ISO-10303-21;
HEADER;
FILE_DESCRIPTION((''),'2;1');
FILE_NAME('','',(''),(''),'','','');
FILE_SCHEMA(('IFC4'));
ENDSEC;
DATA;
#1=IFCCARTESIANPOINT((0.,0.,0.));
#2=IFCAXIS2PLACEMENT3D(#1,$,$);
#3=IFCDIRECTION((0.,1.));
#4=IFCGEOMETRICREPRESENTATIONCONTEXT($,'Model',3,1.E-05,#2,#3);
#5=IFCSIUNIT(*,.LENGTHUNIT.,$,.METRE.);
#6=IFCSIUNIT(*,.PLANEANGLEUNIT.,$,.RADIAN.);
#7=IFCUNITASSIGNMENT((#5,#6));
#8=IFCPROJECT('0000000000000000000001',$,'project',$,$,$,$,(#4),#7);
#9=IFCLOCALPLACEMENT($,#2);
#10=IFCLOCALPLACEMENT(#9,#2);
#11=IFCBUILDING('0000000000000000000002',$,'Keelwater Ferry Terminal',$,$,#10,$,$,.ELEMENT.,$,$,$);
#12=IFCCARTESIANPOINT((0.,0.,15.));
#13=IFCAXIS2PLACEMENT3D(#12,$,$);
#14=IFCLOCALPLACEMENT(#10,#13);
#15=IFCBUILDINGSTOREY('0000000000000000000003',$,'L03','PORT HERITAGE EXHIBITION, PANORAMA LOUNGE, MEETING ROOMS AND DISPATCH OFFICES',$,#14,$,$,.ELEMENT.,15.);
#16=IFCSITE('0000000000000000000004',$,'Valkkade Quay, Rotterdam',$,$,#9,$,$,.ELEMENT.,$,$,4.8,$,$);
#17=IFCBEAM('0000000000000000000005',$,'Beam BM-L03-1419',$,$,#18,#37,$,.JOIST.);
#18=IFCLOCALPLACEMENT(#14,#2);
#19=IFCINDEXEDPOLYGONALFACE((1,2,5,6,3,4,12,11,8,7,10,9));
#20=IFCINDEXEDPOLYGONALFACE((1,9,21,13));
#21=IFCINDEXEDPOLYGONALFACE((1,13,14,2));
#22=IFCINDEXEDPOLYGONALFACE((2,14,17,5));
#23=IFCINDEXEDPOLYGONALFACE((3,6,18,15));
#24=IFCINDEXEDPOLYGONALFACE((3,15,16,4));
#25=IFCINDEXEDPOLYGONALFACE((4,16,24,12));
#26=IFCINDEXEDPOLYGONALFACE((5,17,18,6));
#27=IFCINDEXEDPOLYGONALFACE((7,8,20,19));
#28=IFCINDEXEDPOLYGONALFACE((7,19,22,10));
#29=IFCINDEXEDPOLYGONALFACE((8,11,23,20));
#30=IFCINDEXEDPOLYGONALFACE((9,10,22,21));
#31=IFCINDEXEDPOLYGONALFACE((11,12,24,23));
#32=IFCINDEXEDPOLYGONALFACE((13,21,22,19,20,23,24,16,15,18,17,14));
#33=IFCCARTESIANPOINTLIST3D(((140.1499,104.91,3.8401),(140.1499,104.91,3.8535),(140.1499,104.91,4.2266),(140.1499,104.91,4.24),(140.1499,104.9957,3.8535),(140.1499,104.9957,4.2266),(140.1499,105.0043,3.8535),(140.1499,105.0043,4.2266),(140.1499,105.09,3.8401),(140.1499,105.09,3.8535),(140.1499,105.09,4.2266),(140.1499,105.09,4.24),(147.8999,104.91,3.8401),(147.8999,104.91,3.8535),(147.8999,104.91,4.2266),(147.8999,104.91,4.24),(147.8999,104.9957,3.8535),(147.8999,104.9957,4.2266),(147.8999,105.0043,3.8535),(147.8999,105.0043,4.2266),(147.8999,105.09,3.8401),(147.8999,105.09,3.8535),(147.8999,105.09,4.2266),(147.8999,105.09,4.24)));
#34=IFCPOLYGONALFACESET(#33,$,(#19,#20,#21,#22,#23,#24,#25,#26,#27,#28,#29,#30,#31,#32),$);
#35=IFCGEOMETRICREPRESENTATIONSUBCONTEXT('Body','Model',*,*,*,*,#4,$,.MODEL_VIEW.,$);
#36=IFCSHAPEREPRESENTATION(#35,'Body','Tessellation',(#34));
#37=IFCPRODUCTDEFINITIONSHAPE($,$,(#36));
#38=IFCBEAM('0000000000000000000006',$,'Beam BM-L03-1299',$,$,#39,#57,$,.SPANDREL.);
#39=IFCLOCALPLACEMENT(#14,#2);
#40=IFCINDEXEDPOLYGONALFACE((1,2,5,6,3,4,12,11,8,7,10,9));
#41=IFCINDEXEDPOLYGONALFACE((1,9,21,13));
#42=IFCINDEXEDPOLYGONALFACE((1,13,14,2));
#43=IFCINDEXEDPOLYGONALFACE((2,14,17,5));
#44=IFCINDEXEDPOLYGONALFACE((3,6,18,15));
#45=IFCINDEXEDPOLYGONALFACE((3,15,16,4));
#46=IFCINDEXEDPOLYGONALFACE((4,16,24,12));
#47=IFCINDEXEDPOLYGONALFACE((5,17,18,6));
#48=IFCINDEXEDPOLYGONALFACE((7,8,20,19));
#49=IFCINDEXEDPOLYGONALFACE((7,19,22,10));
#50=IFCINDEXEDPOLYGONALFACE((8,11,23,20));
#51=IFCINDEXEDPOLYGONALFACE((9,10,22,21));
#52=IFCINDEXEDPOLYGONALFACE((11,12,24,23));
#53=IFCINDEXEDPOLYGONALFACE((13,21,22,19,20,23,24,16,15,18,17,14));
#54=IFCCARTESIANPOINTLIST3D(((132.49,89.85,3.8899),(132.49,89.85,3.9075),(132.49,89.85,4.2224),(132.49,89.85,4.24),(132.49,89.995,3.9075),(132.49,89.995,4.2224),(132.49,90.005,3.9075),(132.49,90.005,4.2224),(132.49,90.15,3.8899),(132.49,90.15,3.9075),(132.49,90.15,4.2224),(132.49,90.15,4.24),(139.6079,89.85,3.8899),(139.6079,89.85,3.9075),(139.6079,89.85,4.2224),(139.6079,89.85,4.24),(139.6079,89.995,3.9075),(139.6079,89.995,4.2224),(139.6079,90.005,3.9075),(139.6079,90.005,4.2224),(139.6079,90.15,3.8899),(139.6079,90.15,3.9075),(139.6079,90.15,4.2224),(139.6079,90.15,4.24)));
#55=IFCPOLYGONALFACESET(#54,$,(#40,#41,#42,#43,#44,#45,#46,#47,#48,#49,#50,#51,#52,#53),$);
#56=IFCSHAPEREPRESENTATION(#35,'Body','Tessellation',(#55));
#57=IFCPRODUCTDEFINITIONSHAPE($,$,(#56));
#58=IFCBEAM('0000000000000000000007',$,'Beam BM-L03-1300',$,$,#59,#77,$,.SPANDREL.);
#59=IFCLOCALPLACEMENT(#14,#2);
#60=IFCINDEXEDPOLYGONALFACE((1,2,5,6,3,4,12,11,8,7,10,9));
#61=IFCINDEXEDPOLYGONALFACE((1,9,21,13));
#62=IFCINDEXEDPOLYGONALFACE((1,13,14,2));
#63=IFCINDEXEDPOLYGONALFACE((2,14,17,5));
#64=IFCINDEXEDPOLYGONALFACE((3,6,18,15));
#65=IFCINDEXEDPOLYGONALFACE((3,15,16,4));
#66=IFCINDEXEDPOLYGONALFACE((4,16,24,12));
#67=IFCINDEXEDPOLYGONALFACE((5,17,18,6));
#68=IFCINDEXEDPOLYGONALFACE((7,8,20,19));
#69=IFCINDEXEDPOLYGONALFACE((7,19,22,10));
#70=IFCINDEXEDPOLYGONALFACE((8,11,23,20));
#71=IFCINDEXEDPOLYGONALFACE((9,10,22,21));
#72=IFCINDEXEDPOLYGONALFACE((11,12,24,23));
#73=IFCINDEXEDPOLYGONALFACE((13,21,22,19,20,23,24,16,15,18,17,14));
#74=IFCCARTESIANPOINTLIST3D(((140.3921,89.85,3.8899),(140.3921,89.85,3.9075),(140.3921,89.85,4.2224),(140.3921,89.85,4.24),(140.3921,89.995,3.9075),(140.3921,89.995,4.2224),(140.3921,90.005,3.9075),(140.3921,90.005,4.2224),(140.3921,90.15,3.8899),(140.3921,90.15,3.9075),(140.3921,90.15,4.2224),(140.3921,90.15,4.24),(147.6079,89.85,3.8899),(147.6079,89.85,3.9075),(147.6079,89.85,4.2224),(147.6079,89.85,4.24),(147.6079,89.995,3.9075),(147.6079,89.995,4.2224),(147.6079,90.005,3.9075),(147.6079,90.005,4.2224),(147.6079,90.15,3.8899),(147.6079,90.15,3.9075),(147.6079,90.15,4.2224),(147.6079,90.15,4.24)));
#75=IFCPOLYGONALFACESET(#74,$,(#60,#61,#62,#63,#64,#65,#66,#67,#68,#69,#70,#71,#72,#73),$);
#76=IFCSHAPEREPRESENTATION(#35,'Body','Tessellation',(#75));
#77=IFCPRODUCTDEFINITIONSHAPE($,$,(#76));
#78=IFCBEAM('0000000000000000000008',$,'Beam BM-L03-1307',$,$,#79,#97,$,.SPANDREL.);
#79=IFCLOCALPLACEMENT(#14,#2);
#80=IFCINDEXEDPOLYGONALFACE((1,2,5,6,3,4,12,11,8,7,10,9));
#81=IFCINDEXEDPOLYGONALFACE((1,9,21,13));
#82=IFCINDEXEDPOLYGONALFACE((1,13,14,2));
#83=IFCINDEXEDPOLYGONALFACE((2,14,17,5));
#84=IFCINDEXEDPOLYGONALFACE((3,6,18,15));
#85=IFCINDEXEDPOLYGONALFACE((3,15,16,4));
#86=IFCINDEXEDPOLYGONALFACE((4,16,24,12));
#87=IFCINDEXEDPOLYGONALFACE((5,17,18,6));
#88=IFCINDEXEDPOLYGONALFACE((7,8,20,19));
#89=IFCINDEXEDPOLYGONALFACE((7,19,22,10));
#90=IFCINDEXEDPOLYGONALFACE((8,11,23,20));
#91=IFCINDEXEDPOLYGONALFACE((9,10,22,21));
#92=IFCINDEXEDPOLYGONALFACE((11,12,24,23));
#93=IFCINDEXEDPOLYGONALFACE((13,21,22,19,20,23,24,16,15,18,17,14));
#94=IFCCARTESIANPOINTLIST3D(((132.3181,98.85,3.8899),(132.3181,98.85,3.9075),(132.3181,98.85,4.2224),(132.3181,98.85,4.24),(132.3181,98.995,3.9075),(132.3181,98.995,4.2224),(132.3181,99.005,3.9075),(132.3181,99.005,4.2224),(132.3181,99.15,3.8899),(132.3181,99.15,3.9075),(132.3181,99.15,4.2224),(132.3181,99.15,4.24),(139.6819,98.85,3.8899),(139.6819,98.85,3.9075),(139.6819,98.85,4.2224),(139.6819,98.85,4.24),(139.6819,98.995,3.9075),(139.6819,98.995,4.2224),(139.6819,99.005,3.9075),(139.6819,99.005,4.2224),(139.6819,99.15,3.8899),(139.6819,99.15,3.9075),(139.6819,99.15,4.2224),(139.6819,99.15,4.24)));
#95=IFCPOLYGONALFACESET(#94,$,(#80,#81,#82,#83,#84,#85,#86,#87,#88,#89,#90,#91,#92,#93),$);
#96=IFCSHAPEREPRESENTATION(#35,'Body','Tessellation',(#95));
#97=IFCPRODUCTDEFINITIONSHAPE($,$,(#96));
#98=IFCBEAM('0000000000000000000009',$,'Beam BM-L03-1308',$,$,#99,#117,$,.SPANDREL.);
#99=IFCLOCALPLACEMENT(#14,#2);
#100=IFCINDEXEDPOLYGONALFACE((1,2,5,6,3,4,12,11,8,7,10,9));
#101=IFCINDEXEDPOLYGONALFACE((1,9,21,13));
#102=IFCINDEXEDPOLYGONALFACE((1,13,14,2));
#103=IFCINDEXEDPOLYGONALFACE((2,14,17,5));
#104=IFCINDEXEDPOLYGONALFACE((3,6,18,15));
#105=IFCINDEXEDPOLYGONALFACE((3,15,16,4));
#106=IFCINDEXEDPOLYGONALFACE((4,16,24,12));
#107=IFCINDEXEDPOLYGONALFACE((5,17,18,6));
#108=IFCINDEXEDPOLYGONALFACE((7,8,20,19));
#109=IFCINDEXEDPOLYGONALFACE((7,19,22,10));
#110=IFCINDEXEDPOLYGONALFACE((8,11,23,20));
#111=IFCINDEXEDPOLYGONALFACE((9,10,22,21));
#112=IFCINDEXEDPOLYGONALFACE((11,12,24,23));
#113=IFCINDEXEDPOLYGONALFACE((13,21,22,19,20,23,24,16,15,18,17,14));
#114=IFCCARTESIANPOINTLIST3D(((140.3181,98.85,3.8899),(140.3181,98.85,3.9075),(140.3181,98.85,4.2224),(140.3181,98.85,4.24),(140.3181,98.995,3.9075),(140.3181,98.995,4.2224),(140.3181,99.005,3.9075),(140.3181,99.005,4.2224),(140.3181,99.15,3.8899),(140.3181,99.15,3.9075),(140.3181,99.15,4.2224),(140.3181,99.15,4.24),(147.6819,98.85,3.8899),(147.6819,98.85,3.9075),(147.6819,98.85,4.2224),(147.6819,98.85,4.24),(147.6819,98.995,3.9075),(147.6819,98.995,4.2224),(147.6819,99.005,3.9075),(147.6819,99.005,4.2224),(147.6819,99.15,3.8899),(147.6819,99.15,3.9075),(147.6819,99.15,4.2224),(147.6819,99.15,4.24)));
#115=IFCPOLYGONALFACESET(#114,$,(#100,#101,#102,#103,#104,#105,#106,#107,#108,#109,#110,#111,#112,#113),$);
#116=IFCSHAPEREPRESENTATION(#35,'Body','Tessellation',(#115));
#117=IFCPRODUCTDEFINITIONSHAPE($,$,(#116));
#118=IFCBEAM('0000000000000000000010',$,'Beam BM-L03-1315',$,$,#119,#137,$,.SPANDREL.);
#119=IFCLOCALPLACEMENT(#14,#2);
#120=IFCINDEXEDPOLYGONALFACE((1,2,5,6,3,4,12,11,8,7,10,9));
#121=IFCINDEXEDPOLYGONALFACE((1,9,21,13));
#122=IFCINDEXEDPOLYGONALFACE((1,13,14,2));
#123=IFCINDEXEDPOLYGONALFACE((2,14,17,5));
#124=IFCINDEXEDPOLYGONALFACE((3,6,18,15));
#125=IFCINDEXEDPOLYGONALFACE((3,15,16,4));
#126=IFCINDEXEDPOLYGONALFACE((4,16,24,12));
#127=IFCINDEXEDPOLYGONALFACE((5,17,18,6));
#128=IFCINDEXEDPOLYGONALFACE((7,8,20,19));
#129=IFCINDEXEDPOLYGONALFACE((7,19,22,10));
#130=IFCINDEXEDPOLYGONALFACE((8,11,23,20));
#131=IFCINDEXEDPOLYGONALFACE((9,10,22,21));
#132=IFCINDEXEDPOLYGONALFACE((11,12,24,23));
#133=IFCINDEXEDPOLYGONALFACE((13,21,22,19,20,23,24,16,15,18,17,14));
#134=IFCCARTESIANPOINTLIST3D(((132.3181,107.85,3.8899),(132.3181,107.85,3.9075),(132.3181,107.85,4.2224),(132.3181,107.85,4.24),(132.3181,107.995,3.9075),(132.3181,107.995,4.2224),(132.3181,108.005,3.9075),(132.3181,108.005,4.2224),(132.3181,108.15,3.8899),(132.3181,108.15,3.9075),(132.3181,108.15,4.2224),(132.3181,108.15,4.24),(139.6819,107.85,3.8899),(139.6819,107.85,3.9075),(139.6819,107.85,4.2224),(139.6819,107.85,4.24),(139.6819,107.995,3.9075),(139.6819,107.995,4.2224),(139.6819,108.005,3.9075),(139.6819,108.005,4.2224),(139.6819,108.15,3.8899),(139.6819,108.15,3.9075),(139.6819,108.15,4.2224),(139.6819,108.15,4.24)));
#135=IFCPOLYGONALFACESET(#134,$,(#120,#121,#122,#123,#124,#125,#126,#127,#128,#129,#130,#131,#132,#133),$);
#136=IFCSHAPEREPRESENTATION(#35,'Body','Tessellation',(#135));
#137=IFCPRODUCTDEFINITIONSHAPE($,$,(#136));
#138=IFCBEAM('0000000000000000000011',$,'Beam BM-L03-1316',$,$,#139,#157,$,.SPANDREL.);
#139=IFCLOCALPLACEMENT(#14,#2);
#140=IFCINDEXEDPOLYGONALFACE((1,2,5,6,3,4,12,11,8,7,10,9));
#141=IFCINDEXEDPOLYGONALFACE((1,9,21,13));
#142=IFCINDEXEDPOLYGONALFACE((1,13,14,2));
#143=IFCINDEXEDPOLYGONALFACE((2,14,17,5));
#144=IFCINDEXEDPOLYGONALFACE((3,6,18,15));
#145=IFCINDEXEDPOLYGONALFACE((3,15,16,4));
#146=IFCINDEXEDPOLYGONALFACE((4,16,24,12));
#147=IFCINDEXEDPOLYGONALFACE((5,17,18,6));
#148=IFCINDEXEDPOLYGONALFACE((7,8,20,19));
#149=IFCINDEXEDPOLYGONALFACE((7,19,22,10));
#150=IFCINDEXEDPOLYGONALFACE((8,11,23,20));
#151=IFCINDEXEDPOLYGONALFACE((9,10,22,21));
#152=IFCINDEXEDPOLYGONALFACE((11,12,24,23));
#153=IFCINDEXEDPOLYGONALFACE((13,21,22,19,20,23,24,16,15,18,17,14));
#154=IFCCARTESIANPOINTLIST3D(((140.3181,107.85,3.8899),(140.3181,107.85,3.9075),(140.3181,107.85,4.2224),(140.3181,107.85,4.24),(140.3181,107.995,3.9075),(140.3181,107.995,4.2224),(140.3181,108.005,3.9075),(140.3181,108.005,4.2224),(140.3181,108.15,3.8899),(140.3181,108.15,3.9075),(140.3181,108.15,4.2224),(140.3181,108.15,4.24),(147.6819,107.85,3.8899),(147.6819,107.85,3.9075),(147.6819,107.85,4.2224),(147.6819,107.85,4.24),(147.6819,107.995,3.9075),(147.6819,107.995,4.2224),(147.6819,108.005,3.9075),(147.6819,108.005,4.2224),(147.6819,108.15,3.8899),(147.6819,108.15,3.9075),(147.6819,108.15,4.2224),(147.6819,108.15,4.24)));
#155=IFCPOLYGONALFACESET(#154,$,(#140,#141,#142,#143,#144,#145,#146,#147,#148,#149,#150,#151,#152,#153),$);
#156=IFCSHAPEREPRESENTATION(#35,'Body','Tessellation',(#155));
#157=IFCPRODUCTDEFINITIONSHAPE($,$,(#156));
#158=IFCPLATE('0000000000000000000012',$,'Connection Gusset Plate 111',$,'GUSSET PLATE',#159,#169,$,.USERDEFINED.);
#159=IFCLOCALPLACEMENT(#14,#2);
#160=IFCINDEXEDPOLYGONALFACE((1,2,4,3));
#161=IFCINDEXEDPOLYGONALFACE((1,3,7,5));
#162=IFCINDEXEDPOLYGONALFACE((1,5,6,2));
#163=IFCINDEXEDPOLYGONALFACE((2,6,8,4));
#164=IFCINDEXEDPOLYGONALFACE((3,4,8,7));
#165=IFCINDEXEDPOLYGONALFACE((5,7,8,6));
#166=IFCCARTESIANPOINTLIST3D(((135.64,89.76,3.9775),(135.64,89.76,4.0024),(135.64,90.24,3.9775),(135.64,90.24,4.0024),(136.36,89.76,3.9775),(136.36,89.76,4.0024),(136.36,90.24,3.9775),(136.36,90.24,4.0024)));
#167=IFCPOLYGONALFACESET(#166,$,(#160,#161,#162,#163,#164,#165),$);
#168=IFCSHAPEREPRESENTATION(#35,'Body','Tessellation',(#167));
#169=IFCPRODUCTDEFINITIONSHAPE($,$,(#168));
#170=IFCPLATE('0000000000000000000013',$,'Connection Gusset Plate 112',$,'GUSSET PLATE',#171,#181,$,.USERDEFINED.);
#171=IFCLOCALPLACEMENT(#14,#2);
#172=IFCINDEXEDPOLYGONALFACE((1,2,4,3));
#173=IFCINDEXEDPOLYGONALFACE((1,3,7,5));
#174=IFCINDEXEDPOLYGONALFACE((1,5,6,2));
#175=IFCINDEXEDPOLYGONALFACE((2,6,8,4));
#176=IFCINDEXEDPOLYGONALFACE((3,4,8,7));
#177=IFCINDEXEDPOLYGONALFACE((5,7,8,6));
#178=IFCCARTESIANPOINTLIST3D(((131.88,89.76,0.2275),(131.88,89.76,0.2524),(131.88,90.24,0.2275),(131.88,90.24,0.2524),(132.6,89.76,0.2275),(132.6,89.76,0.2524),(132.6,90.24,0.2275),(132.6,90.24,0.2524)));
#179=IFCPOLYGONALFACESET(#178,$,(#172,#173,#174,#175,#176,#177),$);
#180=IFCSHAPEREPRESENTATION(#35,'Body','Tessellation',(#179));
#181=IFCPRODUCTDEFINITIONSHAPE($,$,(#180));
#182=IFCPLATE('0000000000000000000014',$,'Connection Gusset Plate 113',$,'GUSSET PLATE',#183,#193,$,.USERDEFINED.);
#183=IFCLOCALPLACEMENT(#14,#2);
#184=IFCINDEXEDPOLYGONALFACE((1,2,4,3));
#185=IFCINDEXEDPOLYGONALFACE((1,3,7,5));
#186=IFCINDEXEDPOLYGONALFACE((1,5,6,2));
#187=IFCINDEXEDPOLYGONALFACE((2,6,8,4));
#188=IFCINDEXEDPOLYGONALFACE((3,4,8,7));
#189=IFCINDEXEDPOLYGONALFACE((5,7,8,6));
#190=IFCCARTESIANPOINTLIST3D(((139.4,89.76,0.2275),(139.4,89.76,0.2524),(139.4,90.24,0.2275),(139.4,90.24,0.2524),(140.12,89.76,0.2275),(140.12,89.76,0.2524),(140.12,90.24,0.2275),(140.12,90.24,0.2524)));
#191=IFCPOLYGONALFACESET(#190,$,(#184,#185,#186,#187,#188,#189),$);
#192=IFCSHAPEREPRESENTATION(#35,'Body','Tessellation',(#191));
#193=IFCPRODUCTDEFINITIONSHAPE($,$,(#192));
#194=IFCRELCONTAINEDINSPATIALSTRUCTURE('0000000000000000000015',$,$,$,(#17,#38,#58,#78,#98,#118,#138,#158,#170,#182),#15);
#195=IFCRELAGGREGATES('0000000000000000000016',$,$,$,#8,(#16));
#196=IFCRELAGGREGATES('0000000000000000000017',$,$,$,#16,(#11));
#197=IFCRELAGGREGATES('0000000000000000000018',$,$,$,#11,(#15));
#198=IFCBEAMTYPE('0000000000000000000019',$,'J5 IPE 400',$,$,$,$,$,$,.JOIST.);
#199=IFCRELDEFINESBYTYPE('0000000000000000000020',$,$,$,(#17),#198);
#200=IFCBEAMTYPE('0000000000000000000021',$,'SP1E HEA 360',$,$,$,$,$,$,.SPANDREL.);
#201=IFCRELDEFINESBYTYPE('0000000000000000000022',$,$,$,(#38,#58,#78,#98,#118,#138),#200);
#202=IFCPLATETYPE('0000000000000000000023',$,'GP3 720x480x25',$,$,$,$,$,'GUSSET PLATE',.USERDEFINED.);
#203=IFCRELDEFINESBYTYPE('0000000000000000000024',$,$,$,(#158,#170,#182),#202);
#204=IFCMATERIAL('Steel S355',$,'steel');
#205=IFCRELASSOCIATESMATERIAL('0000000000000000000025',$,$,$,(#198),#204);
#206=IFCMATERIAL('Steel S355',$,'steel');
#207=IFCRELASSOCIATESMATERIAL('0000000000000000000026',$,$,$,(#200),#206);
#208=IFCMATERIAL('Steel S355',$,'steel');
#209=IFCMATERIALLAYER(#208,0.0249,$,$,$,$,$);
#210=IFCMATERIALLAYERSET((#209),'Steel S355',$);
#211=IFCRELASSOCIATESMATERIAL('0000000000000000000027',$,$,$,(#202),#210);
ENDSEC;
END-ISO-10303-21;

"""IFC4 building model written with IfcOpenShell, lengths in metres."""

from ifc_helpers import new_model, si_unit, direction, frame, origin, origin_2d, place, context, subcontext, project, spatial, rectangle, i_section, extrude, material, layer, layer_set, material_profile, profile_set, type_object, element, save


model = new_model("IFC4")

# Units and contexts
model_context = context("Model", 3, precision=1e-05, world=origin(), true_north=direction((0.0, 1.0)))
body_context = subcontext(model_context, "Body", "Model", "MODEL_VIEW")
ifc_project = project(units=[si_unit("LENGTHUNIT", "METRE"), si_unit("PLANEANGLEUNIT", "RADIAN")], contexts=[model_context])

# Site, building, storey
site_placement = place(None, origin())
site = spatial("IfcSite", under=ifc_project, at=site_placement, Name="Valkkade Quay, Rotterdam", CompositionType="ELEMENT", RefElevation=4.8)
building_placement = place(site_placement, origin())
building = spatial("IfcBuilding", under=site, at=building_placement, Name="Keelwater Ferry Terminal", CompositionType="ELEMENT")
storey_placement = place(building_placement, frame((0.0, 0.0, 15.0)))
storey = spatial("IfcBuildingStorey", under=building, at=storey_placement, Name="L03", Description="PORT HERITAGE EXHIBITION, PANORAMA LOUNGE, MEETING ROOMS AND DISPATCH OFFICES", CompositionType="ELEMENT", Elevation=15.0)

# Beams
ifc_material_1 = material(Name="Steel S355", Category="steel")
ifc_material_profile_1 = material_profile(ifc_material_1, i_section(OverallWidth=0.1799, OverallDepth=0.3999, WebThickness=0.0085, FlangeThickness=0.0134, at=origin_2d()), Name="IPE 400")
ifc_profile_set_1 = profile_set([ifc_material_profile_1], Name="Steel S355")
beam_type_1 = type_object("IfcBeamType", Name="J5 IPE 400", PredefinedType="JOIST", material=ifc_profile_set_1)
for number, where, z_axis, x_axis, name in (
    (1, (140.1499, 105.0, 4.04), (1.0, 0.0, 0.0), (0.0, 1.0, 0.0), "Beam BM-L03-1419"),
):
    element("IfcBeam", number, at=place(storey_placement, frame(where, z_axis=z_axis, x_axis=x_axis)), inside=storey, type_object=beam_type_1, Name=name, PredefinedType="JOIST", context=body_context, shape_type="SweptSolid", body=[
        extrude(i_section(OverallWidth=0.1799, OverallDepth=0.3999, WebThickness=0.0085, FlangeThickness=0.0134, at=origin_2d()), origin(), (0.0, 0.0, 1.0), 7.75),
    ])
ifc_material_2 = material(Name="Steel S355", Category="steel")
ifc_material_profile_2 = material_profile(ifc_material_2, i_section(OverallWidth=0.3, OverallDepth=0.3501, WebThickness=0.01, FlangeThickness=0.0176, at=origin_2d()), Name="HEA 360")
ifc_profile_set_2 = profile_set([ifc_material_profile_2], Name="Steel S355")
beam_type_2 = type_object("IfcBeamType", Name="SP1E HEA 360", PredefinedType="SPANDREL", material=ifc_profile_set_2)
beam_1_placement = place(storey_placement, frame((132.49, 90.0, 4.0649), z_axis=(1.0, 0.0, 0.0), x_axis=(0.0, 1.0, 0.0)))
element("IfcBeam", 2, at=beam_1_placement, inside=storey, type_object=beam_type_2, Name="Beam BM-L03-1299", PredefinedType="SPANDREL", context=body_context, shape_type="SweptSolid", body=[
    extrude(i_section(OverallWidth=0.3, OverallDepth=0.3501, WebThickness=0.01, FlangeThickness=0.0176, at=origin_2d()), origin(), (0.0, 0.0, 1.0), 7.1179),
])
beam_2_placement = place(storey_placement, frame((140.3921, 90.0, 4.0649), z_axis=(1.0, 0.0, 0.0), x_axis=(0.0, 1.0, 0.0)))
element("IfcBeam", 3, at=beam_2_placement, inside=storey, type_object=beam_type_2, Name="Beam BM-L03-1300", PredefinedType="SPANDREL", context=body_context, shape_type="SweptSolid", body=[
    extrude(i_section(OverallWidth=0.3, OverallDepth=0.3501, WebThickness=0.01, FlangeThickness=0.0176, at=origin_2d()), origin(), (0.0, 0.0, 1.0), 7.2158),
])
for number, where, z_axis, x_axis, name in (
    (4, (132.3181, 99.0, 4.0649), (1.0, 0.0, 0.0), (0.0, 1.0, 0.0), "Beam BM-L03-1307"),
    (5, (140.3181, 99.0, 4.0649), (1.0, 0.0, 0.0), (0.0, 1.0, 0.0), "Beam BM-L03-1308"),
    (6, (132.3181, 108.0, 4.0649), (1.0, 0.0, 0.0), (0.0, 1.0, 0.0), "Beam BM-L03-1315"),
    (7, (140.3181, 108.0, 4.0649), (1.0, 0.0, 0.0), (0.0, 1.0, 0.0), "Beam BM-L03-1316"),
):
    element("IfcBeam", number, at=place(storey_placement, frame(where, z_axis=z_axis, x_axis=x_axis)), inside=storey, type_object=beam_type_2, Name=name, PredefinedType="SPANDREL", context=body_context, shape_type="SweptSolid", body=[
        extrude(i_section(OverallWidth=0.3, OverallDepth=0.3501, WebThickness=0.01, FlangeThickness=0.0176, at=origin_2d()), origin(), (0.0, 0.0, 1.0), 7.3638),
    ])

# Plates
ifc_material_3 = material(Name="Steel S355", Category="steel")
ifc_layer_1 = layer(ifc_material_3, 0.0249)
ifc_layer_set_1 = layer_set([ifc_layer_1], Name="Steel S355")
plate_type = type_object("IfcPlateType", Name="GP3 720x480x25", ElementType="GUSSET PLATE", PredefinedType="USERDEFINED", material=ifc_layer_set_1)
for number, where, z_axis, x_axis, name in (
    (8, (136.0, 90.0, 3.9775), (0.0, 0.0, 1.0), (1.0, 0.0, 0.0), "Connection Gusset Plate 111"),
    (9, (132.24, 90.0, 0.2275), (0.0, 0.0, 1.0), (1.0, 0.0, 0.0), "Connection Gusset Plate 112"),
    (10, (139.76, 90.0, 0.2275), (0.0, 0.0, 1.0), (1.0, 0.0, 0.0), "Connection Gusset Plate 113"),
):
    element("IfcPlate", number, at=place(storey_placement, frame(where, z_axis=z_axis, x_axis=x_axis)), inside=storey, type_object=plate_type, Name=name, ObjectType="GUSSET PLATE", PredefinedType="USERDEFINED", context=body_context, shape_type="SweptSolid", body=[
        extrude(rectangle(XDim=0.72, YDim=0.48, at=origin_2d()), origin(), (0.0, 0.0, 1.0), 0.0249),
    ])

save(model, "model.ifc")
